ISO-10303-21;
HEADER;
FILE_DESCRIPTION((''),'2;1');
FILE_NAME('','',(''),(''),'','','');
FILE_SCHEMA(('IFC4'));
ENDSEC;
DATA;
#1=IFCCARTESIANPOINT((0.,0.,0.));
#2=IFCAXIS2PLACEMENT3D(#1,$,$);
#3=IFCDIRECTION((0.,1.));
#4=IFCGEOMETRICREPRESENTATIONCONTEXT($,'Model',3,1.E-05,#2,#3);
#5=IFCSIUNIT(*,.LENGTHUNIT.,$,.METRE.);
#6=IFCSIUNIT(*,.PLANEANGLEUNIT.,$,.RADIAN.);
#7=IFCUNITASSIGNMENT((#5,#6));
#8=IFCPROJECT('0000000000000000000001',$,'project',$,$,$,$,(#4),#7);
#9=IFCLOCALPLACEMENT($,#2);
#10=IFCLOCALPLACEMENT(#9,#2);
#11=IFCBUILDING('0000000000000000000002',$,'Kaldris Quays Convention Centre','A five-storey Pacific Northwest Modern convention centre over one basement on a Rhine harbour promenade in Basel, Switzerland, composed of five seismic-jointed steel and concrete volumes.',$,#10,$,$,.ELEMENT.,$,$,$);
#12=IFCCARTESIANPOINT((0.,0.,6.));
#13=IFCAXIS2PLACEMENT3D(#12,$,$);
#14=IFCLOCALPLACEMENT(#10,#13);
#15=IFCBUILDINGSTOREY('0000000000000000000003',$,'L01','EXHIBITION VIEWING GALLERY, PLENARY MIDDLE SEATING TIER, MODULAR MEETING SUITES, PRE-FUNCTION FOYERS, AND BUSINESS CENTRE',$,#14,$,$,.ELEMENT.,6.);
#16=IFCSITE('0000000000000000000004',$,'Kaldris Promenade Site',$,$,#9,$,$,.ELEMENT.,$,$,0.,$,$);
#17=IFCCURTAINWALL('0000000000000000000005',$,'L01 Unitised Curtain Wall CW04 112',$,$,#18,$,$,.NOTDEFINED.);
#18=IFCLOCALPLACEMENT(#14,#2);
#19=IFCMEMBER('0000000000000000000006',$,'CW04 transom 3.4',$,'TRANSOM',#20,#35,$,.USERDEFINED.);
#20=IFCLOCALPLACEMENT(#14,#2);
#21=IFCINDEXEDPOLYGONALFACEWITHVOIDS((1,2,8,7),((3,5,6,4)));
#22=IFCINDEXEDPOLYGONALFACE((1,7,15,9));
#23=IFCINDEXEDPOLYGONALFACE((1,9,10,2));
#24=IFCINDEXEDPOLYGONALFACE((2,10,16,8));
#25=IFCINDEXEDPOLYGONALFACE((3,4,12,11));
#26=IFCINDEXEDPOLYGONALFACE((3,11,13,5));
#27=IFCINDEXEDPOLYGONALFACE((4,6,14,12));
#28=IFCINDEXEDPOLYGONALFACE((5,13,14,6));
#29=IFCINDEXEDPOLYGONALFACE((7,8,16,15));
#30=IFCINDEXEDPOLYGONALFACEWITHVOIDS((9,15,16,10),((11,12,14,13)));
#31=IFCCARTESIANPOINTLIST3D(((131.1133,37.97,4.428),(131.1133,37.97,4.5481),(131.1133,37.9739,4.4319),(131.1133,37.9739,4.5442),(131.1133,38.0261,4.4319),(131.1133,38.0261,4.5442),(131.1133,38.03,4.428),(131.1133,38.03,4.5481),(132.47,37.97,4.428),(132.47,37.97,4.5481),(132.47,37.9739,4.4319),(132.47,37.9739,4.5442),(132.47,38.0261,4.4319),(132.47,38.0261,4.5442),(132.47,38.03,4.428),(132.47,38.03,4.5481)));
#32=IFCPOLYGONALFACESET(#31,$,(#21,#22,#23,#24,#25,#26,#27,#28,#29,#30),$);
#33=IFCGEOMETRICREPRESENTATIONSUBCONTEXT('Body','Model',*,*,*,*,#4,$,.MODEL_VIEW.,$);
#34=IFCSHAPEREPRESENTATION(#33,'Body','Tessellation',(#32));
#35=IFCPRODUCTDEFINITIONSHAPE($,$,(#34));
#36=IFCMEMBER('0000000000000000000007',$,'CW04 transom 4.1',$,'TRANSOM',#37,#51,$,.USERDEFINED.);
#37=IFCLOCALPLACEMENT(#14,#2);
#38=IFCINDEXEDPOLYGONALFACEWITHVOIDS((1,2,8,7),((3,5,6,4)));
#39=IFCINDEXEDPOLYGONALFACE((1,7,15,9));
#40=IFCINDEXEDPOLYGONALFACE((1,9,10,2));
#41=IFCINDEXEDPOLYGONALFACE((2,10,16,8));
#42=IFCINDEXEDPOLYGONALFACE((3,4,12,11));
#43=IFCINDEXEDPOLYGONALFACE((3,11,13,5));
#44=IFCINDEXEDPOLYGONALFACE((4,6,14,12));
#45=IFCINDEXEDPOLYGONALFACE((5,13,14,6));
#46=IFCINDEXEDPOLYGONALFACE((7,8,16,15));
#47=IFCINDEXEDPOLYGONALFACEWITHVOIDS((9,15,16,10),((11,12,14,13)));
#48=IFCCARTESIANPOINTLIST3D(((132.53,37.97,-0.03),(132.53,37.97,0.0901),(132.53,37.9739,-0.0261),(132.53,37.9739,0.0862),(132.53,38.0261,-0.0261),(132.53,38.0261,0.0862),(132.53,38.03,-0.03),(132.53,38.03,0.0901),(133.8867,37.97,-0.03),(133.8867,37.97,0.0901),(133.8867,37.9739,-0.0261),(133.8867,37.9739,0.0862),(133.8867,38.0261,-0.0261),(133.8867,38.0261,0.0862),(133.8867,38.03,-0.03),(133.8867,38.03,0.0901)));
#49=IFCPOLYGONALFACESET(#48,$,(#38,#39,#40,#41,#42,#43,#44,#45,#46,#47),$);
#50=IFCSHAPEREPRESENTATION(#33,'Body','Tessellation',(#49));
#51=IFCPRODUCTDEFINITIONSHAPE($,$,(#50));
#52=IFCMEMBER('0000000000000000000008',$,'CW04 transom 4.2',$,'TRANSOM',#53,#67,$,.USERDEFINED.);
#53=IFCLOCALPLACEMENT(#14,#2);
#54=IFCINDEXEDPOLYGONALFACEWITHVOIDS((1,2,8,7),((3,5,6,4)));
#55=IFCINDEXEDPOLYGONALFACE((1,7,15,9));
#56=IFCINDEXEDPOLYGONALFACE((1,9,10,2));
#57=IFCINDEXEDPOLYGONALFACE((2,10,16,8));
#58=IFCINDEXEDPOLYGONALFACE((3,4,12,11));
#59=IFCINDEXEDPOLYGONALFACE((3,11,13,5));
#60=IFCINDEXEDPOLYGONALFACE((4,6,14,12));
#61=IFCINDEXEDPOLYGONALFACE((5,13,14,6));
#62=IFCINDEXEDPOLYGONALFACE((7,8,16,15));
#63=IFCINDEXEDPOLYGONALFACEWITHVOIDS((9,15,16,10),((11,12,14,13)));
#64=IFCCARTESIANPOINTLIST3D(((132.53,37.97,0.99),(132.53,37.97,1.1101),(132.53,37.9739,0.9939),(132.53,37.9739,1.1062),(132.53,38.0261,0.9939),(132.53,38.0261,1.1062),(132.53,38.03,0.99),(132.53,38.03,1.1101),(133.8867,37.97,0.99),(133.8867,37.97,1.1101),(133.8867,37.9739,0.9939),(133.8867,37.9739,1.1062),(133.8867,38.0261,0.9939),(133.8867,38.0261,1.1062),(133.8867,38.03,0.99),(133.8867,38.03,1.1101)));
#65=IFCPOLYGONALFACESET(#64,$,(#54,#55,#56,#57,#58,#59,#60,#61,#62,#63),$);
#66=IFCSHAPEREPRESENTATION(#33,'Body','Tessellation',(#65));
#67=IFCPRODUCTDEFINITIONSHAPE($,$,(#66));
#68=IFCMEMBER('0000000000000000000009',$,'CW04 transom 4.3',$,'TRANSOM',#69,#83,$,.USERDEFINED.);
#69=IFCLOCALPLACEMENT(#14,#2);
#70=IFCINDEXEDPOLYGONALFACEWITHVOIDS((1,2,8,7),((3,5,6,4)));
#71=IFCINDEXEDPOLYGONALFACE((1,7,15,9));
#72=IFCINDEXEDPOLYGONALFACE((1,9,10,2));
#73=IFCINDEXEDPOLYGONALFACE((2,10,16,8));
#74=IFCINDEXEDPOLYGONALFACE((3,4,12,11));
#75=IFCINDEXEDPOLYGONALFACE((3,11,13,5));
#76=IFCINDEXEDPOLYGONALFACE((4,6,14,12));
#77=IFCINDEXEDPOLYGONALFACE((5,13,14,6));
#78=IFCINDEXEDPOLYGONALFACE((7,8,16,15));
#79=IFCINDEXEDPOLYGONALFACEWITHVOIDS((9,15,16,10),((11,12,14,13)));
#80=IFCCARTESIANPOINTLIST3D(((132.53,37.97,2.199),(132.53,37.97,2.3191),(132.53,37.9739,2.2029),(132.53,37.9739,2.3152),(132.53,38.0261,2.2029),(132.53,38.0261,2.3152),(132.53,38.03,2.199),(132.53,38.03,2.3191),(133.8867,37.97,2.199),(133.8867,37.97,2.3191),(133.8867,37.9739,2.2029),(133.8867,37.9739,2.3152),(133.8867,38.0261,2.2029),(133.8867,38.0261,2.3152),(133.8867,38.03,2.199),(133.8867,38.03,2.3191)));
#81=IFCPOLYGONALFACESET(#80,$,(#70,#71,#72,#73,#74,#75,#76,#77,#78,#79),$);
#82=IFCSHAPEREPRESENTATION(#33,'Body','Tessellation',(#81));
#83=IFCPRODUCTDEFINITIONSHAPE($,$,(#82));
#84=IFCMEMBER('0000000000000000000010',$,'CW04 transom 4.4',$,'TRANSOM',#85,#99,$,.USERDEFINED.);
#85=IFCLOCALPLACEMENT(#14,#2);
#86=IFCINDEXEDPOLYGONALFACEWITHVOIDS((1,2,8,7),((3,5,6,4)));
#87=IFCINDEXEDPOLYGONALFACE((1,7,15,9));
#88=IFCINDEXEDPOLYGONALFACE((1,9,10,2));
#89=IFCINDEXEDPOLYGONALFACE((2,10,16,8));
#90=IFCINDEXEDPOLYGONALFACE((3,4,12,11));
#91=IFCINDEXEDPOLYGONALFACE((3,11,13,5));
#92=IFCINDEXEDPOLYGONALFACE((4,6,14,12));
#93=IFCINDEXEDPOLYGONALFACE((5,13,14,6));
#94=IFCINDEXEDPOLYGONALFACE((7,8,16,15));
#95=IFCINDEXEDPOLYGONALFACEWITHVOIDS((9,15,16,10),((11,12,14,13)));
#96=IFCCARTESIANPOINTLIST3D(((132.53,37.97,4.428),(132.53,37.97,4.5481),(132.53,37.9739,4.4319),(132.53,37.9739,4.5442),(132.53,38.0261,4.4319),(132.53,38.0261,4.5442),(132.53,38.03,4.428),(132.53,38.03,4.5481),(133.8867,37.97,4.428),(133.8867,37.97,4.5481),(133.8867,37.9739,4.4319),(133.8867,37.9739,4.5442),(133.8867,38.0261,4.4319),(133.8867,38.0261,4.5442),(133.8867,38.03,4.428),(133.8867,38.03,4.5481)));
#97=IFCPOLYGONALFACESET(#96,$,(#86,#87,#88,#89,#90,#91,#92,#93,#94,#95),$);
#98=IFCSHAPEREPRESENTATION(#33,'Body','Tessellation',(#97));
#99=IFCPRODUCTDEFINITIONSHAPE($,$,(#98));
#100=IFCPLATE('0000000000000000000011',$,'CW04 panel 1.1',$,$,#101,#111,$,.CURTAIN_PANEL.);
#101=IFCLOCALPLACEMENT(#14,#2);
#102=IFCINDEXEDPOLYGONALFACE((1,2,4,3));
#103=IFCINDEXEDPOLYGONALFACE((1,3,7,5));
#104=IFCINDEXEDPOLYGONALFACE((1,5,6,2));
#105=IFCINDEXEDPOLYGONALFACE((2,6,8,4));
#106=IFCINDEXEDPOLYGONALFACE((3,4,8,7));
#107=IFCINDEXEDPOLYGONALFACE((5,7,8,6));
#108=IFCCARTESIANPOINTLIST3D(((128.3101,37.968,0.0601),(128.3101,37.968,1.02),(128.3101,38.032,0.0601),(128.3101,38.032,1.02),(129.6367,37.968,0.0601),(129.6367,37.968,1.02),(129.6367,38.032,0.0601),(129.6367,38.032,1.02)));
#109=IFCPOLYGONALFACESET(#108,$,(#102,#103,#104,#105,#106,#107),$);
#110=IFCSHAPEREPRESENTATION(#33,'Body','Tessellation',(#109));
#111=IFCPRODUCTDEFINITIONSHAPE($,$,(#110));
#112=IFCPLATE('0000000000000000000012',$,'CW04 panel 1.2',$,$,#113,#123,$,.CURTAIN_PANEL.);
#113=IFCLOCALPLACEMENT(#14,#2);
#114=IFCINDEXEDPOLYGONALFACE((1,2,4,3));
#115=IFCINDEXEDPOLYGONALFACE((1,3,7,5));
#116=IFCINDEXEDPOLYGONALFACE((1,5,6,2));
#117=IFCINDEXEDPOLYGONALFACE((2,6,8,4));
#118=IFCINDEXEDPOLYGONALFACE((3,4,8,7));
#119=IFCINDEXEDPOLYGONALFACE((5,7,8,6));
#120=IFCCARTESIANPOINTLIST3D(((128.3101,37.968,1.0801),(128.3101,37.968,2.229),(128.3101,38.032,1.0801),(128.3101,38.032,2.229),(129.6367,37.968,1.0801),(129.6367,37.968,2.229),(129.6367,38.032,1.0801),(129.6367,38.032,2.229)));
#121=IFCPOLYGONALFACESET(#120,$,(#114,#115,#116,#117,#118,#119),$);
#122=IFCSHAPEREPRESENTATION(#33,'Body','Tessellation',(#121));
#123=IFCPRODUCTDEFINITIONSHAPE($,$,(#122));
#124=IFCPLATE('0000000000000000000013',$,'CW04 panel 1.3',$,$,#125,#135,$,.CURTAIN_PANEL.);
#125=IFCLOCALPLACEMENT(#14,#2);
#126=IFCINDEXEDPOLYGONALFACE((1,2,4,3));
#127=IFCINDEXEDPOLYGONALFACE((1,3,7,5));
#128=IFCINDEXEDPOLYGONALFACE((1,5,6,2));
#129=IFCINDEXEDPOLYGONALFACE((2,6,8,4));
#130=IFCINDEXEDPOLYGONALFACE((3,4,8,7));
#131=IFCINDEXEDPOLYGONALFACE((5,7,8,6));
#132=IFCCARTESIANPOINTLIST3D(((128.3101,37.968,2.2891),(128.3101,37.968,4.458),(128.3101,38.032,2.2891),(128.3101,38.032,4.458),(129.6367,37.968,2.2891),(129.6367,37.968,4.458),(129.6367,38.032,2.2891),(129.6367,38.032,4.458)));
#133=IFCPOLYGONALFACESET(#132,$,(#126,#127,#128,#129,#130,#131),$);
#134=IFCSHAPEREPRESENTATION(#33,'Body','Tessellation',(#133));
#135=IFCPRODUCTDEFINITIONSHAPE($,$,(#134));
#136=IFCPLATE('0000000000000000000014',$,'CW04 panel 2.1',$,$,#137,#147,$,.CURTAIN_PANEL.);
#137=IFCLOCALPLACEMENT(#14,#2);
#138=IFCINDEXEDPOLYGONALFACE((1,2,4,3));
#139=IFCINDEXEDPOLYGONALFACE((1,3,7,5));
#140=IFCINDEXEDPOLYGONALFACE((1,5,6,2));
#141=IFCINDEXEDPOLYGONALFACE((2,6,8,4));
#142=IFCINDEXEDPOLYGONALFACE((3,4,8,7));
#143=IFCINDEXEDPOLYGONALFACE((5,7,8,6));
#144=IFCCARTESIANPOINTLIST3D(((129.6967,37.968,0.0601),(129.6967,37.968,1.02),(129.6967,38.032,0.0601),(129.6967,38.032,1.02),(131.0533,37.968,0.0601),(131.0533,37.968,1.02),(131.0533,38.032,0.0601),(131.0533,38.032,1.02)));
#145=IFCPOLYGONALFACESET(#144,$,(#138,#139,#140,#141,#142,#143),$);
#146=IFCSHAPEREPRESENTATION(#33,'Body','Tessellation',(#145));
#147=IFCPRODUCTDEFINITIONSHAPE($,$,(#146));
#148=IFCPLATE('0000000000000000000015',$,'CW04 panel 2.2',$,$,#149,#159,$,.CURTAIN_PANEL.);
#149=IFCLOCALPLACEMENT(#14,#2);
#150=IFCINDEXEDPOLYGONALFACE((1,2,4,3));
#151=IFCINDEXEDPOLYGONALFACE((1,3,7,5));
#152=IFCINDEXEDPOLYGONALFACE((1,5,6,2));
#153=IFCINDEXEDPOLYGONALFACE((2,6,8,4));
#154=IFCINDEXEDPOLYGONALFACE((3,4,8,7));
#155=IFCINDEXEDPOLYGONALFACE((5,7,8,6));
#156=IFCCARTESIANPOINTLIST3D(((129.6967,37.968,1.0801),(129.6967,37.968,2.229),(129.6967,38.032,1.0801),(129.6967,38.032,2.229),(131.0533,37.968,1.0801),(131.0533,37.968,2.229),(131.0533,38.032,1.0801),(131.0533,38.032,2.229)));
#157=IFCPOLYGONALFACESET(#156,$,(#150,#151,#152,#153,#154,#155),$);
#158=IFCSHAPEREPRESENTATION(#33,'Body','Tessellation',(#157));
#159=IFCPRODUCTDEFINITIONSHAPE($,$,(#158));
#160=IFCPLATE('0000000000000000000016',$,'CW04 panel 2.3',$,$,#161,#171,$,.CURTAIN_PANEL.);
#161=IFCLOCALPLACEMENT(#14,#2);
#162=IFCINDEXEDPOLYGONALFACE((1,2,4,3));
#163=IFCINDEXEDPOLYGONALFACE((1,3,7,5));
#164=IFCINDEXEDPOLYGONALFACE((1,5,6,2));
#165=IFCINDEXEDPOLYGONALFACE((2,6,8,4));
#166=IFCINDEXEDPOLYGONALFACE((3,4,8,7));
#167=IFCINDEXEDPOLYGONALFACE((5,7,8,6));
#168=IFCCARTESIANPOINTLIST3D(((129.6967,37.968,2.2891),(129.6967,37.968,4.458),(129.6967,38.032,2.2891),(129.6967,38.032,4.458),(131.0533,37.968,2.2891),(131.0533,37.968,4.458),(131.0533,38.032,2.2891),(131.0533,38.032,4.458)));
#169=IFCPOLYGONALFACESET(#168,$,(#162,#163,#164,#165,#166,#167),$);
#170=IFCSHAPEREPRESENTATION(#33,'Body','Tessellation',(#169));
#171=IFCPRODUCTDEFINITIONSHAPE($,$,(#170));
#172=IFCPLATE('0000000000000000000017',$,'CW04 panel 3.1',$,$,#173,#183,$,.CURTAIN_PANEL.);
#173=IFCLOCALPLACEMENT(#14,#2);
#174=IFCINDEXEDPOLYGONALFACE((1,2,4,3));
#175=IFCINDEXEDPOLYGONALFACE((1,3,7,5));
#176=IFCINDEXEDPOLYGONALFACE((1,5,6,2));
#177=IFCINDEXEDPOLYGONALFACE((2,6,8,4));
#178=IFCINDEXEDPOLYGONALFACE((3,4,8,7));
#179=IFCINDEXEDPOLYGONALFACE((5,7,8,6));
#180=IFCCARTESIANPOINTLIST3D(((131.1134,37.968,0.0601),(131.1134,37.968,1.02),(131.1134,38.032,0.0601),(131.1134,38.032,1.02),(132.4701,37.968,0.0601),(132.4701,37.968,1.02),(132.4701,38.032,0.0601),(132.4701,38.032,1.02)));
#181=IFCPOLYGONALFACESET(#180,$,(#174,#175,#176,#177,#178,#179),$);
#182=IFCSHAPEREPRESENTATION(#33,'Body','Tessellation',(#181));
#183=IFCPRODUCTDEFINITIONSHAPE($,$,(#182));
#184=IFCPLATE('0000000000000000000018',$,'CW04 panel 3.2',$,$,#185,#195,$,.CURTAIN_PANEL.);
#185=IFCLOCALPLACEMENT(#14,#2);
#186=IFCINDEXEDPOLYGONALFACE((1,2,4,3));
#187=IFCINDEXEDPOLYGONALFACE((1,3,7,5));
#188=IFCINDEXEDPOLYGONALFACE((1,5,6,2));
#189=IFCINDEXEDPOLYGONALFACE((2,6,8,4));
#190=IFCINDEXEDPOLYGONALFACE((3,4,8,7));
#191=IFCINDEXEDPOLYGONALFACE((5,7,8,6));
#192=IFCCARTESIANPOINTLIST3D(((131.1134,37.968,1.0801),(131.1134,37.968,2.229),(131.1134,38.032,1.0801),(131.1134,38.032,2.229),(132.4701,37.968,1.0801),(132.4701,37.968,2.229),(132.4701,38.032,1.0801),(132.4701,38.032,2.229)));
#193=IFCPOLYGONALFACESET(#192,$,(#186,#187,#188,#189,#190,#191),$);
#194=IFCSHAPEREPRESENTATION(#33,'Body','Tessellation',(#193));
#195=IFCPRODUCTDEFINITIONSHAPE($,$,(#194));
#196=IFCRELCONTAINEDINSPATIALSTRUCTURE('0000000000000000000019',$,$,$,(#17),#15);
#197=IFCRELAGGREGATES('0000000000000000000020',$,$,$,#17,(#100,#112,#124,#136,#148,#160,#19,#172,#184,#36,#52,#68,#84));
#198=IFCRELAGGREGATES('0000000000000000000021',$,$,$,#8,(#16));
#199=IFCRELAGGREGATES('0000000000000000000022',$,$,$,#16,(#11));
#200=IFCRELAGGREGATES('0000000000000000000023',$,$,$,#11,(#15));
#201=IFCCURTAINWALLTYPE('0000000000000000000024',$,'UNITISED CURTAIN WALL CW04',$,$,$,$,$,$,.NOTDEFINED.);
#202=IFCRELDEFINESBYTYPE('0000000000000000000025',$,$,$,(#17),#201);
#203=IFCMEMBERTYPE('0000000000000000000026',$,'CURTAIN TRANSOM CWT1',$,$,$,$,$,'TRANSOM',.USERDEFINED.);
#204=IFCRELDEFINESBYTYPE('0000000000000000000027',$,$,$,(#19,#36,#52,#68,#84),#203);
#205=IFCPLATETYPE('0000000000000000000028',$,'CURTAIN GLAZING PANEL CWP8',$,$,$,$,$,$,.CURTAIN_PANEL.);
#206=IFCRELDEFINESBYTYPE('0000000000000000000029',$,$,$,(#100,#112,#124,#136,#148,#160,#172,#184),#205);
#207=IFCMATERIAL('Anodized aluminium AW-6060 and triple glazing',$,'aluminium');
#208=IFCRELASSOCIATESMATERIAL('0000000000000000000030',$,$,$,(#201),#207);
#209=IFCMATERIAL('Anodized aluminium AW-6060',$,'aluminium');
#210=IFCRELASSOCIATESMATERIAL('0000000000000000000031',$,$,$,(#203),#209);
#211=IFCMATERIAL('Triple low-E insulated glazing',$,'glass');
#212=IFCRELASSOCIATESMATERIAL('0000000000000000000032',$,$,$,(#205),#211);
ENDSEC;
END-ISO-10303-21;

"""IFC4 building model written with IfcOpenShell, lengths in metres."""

from ifc_helpers import new_model, si_unit, direction, frame, origin, origin_2d, place, context, subcontext, project, spatial, rectangle, hollow_rectangle, extrude, material, material_profile, profile_set, type_object, element, aggregate, save


model = new_model("IFC4")

# Units and contexts
model_context = context("Model", 3, precision=1e-05, world=origin(), true_north=direction((0.0, 1.0)))
body_context = subcontext(model_context, "Body", "Model", "MODEL_VIEW")
ifc_project = project(units=[si_unit("LENGTHUNIT", "METRE"), si_unit("PLANEANGLEUNIT", "RADIAN")], contexts=[model_context])

# Site, building, storey
site_placement = place(None, origin())
site = spatial("IfcSite", under=ifc_project, at=site_placement, Name="Kaldris Promenade Site", CompositionType="ELEMENT", RefElevation=0.0)
building_placement = place(site_placement, origin())
building = spatial("IfcBuilding", under=site, at=building_placement, Name="Kaldris Quays Convention Centre", Description="A five-storey Pacific Northwest Modern convention centre over one basement on a Rhine harbour promenade in Basel, Switzerland, composed of five seismic-jointed steel and concrete volumes.", CompositionType="ELEMENT")
storey_placement = place(building_placement, frame((0.0, 0.0, 6.0)))
storey = spatial("IfcBuildingStorey", under=building, at=storey_placement, Name="L01", Description="EXHIBITION VIEWING GALLERY, PLENARY MIDDLE SEATING TIER, MODULAR MEETING SUITES, PRE-FUNCTION FOYERS, AND BUSINESS CENTRE", CompositionType="ELEMENT", Elevation=6.0)

# Curtain wall, members, plates
ifc_material_1 = material(Name="Anodized aluminium AW-6060 and triple glazing", Category="aluminium")
curtain_wall_type = type_object("IfcCurtainWallType", Name="UNITISED CURTAIN WALL CW04", PredefinedType="NOTDEFINED", material=ifc_material_1)
curtain_wall_placement = place(storey_placement, origin())
curtain_wall = element("IfcCurtainWall", 1, at=curtain_wall_placement, inside=storey, type_object=curtain_wall_type, Name="L01 Unitised Curtain Wall CW04 112", PredefinedType="NOTDEFINED")
ifc_material_2 = material(Name="Anodized aluminium AW-6060", Category="aluminium")
ifc_material_profile_1 = material_profile(ifc_material_2, hollow_rectangle(XDim=0.0601, YDim=0.1201, WallThickness=0.0039, at=origin_2d()), Name="RHS 120x60x4")
ifc_profile_set_1 = profile_set([ifc_material_profile_1], Name="Anodized aluminium AW-6060")
member_type_1 = type_object("IfcMemberType", Name="CURTAIN TRANSOM CWT1", ElementType="TRANSOM", PredefinedType="USERDEFINED", material=ifc_profile_set_1)
member_1_placement = place(storey_placement, frame((131.1133, 38.0, 4.488), z_axis=(1.0, 0.0, 0.0), x_axis=(0.0, 1.0, 0.0)))
member_1 = element("IfcMember", 2, at=member_1_placement, type_object=member_type_1, Name="CW04 transom 3.4", ObjectType="TRANSOM", PredefinedType="USERDEFINED", context=body_context, shape_type="SweptSolid", body=[
    extrude(hollow_rectangle(XDim=0.0601, YDim=0.1201, WallThickness=0.0039, at=origin_2d()), origin(), (0.0, 0.0, 1.0), 1.3567),
])
member_2_placement = place(storey_placement, frame((132.53, 38.0, 0.03), z_axis=(1.0, 0.0, 0.0), x_axis=(0.0, 1.0, 0.0)))
member_2 = element("IfcMember", 3, at=member_2_placement, type_object=member_type_1, Name="CW04 transom 4.1", ObjectType="TRANSOM", PredefinedType="USERDEFINED", context=body_context, shape_type="SweptSolid", body=[
    extrude(hollow_rectangle(XDim=0.0601, YDim=0.1201, WallThickness=0.0039, at=origin_2d()), origin(), (0.0, 0.0, 1.0), 1.3567),
])
member_3_placement = place(storey_placement, frame((132.53, 38.0, 1.05), z_axis=(1.0, 0.0, 0.0), x_axis=(0.0, 1.0, 0.0)))
member_3 = element("IfcMember", 4, at=member_3_placement, type_object=member_type_1, Name="CW04 transom 4.2", ObjectType="TRANSOM", PredefinedType="USERDEFINED", context=body_context, shape_type="SweptSolid", body=[
    extrude(hollow_rectangle(XDim=0.0601, YDim=0.1201, WallThickness=0.0039, at=origin_2d()), origin(), (0.0, 0.0, 1.0), 1.3567),
])
member_4_placement = place(storey_placement, frame((132.53, 38.0, 2.259), z_axis=(1.0, 0.0, 0.0), x_axis=(0.0, 1.0, 0.0)))
member_4 = element("IfcMember", 5, at=member_4_placement, type_object=member_type_1, Name="CW04 transom 4.3", ObjectType="TRANSOM", PredefinedType="USERDEFINED", context=body_context, shape_type="SweptSolid", body=[
    extrude(hollow_rectangle(XDim=0.0601, YDim=0.1201, WallThickness=0.0039, at=origin_2d()), origin(), (0.0, 0.0, 1.0), 1.3567),
])
member_5_placement = place(storey_placement, frame((132.53, 38.0, 4.488), z_axis=(1.0, 0.0, 0.0), x_axis=(0.0, 1.0, 0.0)))
member_5 = element("IfcMember", 6, at=member_5_placement, type_object=member_type_1, Name="CW04 transom 4.4", ObjectType="TRANSOM", PredefinedType="USERDEFINED", context=body_context, shape_type="SweptSolid", body=[
    extrude(hollow_rectangle(XDim=0.0601, YDim=0.1201, WallThickness=0.0039, at=origin_2d()), origin(), (0.0, 0.0, 1.0), 1.3567),
])
ifc_material_3 = material(Name="Triple low-E insulated glazing", Category="glass")
plate_type = type_object("IfcPlateType", Name="CURTAIN GLAZING PANEL CWP8", PredefinedType="CURTAIN_PANEL", material=ifc_material_3)
plate_1_placement = place(storey_placement, frame((128.9734, 38.0, 0.0601), z_axis=(0.0, 0.0, 1.0), x_axis=(1.0, 0.0, 0.0)))
plate_1 = element("IfcPlate", 7, at=plate_1_placement, type_object=plate_type, Name="CW04 panel 1.1", PredefinedType="CURTAIN_PANEL", context=body_context, shape_type="SweptSolid", body=[
    extrude(rectangle(XDim=1.3267, YDim=0.064, at=origin_2d()), origin(), (0.0, 0.0, 1.0), 0.96),
])
plate_2_placement = place(storey_placement, frame((128.9734, 38.0, 1.0801), z_axis=(0.0, 0.0, 1.0), x_axis=(1.0, 0.0, 0.0)))
plate_2 = element("IfcPlate", 8, at=plate_2_placement, type_object=plate_type, Name="CW04 panel 1.2", PredefinedType="CURTAIN_PANEL", context=body_context, shape_type="SweptSolid", body=[
    extrude(rectangle(XDim=1.3267, YDim=0.064, at=origin_2d()), origin(), (0.0, 0.0, 1.0), 1.1489),
])
plate_3_placement = place(storey_placement, frame((128.9734, 38.0, 2.2891), z_axis=(0.0, 0.0, 1.0), x_axis=(1.0, 0.0, 0.0)))
plate_3 = element("IfcPlate", 9, at=plate_3_placement, type_object=plate_type, Name="CW04 panel 1.3", PredefinedType="CURTAIN_PANEL", context=body_context, shape_type="SweptSolid", body=[
    extrude(rectangle(XDim=1.3267, YDim=0.064, at=origin_2d()), origin(), (0.0, 0.0, 1.0), 2.1689),
])
plate_4_placement = place(storey_placement, frame((130.375, 38.0, 0.0601), z_axis=(0.0, 0.0, 1.0), x_axis=(1.0, 0.0, 0.0)))
plate_4 = element("IfcPlate", 10, at=plate_4_placement, type_object=plate_type, Name="CW04 panel 2.1", PredefinedType="CURTAIN_PANEL", context=body_context, shape_type="SweptSolid", body=[
    extrude(rectangle(XDim=1.3567, YDim=0.064, at=origin_2d()), origin(), (0.0, 0.0, 1.0), 0.96),
])
plate_5_placement = place(storey_placement, frame((130.375, 38.0, 1.0801), z_axis=(0.0, 0.0, 1.0), x_axis=(1.0, 0.0, 0.0)))
plate_5 = element("IfcPlate", 11, at=plate_5_placement, type_object=plate_type, Name="CW04 panel 2.2", PredefinedType="CURTAIN_PANEL", context=body_context, shape_type="SweptSolid", body=[
    extrude(rectangle(XDim=1.3567, YDim=0.064, at=origin_2d()), origin(), (0.0, 0.0, 1.0), 1.1489),
])
plate_6_placement = place(storey_placement, frame((130.375, 38.0, 2.2891), z_axis=(0.0, 0.0, 1.0), x_axis=(1.0, 0.0, 0.0)))
plate_6 = element("IfcPlate", 12, at=plate_6_placement, type_object=plate_type, Name="CW04 panel 2.3", PredefinedType="CURTAIN_PANEL", context=body_context, shape_type="SweptSolid", body=[
    extrude(rectangle(XDim=1.3567, YDim=0.064, at=origin_2d()), origin(), (0.0, 0.0, 1.0), 2.1689),
])
plate_7_placement = place(storey_placement, frame((131.7917, 38.0, 0.0601), z_axis=(0.0, 0.0, 1.0), x_axis=(1.0, 0.0, 0.0)))
plate_7 = element("IfcPlate", 13, at=plate_7_placement, type_object=plate_type, Name="CW04 panel 3.1", PredefinedType="CURTAIN_PANEL", context=body_context, shape_type="SweptSolid", body=[
    extrude(rectangle(XDim=1.3567, YDim=0.064, at=origin_2d()), origin(), (0.0, 0.0, 1.0), 0.96),
])
plate_8_placement = place(storey_placement, frame((131.7917, 38.0, 1.0801), z_axis=(0.0, 0.0, 1.0), x_axis=(1.0, 0.0, 0.0)))
plate_8 = element("IfcPlate", 14, at=plate_8_placement, type_object=plate_type, Name="CW04 panel 3.2", PredefinedType="CURTAIN_PANEL", context=body_context, shape_type="SweptSolid", body=[
    extrude(rectangle(XDim=1.3567, YDim=0.064, at=origin_2d()), origin(), (0.0, 0.0, 1.0), 1.1489),
])
aggregate(curtain_wall, [plate_1, plate_2, plate_3, plate_4, plate_5, plate_6, member_1, plate_7, plate_8, member_2, member_3, member_4, member_5])

save(model, "model.ifc")
